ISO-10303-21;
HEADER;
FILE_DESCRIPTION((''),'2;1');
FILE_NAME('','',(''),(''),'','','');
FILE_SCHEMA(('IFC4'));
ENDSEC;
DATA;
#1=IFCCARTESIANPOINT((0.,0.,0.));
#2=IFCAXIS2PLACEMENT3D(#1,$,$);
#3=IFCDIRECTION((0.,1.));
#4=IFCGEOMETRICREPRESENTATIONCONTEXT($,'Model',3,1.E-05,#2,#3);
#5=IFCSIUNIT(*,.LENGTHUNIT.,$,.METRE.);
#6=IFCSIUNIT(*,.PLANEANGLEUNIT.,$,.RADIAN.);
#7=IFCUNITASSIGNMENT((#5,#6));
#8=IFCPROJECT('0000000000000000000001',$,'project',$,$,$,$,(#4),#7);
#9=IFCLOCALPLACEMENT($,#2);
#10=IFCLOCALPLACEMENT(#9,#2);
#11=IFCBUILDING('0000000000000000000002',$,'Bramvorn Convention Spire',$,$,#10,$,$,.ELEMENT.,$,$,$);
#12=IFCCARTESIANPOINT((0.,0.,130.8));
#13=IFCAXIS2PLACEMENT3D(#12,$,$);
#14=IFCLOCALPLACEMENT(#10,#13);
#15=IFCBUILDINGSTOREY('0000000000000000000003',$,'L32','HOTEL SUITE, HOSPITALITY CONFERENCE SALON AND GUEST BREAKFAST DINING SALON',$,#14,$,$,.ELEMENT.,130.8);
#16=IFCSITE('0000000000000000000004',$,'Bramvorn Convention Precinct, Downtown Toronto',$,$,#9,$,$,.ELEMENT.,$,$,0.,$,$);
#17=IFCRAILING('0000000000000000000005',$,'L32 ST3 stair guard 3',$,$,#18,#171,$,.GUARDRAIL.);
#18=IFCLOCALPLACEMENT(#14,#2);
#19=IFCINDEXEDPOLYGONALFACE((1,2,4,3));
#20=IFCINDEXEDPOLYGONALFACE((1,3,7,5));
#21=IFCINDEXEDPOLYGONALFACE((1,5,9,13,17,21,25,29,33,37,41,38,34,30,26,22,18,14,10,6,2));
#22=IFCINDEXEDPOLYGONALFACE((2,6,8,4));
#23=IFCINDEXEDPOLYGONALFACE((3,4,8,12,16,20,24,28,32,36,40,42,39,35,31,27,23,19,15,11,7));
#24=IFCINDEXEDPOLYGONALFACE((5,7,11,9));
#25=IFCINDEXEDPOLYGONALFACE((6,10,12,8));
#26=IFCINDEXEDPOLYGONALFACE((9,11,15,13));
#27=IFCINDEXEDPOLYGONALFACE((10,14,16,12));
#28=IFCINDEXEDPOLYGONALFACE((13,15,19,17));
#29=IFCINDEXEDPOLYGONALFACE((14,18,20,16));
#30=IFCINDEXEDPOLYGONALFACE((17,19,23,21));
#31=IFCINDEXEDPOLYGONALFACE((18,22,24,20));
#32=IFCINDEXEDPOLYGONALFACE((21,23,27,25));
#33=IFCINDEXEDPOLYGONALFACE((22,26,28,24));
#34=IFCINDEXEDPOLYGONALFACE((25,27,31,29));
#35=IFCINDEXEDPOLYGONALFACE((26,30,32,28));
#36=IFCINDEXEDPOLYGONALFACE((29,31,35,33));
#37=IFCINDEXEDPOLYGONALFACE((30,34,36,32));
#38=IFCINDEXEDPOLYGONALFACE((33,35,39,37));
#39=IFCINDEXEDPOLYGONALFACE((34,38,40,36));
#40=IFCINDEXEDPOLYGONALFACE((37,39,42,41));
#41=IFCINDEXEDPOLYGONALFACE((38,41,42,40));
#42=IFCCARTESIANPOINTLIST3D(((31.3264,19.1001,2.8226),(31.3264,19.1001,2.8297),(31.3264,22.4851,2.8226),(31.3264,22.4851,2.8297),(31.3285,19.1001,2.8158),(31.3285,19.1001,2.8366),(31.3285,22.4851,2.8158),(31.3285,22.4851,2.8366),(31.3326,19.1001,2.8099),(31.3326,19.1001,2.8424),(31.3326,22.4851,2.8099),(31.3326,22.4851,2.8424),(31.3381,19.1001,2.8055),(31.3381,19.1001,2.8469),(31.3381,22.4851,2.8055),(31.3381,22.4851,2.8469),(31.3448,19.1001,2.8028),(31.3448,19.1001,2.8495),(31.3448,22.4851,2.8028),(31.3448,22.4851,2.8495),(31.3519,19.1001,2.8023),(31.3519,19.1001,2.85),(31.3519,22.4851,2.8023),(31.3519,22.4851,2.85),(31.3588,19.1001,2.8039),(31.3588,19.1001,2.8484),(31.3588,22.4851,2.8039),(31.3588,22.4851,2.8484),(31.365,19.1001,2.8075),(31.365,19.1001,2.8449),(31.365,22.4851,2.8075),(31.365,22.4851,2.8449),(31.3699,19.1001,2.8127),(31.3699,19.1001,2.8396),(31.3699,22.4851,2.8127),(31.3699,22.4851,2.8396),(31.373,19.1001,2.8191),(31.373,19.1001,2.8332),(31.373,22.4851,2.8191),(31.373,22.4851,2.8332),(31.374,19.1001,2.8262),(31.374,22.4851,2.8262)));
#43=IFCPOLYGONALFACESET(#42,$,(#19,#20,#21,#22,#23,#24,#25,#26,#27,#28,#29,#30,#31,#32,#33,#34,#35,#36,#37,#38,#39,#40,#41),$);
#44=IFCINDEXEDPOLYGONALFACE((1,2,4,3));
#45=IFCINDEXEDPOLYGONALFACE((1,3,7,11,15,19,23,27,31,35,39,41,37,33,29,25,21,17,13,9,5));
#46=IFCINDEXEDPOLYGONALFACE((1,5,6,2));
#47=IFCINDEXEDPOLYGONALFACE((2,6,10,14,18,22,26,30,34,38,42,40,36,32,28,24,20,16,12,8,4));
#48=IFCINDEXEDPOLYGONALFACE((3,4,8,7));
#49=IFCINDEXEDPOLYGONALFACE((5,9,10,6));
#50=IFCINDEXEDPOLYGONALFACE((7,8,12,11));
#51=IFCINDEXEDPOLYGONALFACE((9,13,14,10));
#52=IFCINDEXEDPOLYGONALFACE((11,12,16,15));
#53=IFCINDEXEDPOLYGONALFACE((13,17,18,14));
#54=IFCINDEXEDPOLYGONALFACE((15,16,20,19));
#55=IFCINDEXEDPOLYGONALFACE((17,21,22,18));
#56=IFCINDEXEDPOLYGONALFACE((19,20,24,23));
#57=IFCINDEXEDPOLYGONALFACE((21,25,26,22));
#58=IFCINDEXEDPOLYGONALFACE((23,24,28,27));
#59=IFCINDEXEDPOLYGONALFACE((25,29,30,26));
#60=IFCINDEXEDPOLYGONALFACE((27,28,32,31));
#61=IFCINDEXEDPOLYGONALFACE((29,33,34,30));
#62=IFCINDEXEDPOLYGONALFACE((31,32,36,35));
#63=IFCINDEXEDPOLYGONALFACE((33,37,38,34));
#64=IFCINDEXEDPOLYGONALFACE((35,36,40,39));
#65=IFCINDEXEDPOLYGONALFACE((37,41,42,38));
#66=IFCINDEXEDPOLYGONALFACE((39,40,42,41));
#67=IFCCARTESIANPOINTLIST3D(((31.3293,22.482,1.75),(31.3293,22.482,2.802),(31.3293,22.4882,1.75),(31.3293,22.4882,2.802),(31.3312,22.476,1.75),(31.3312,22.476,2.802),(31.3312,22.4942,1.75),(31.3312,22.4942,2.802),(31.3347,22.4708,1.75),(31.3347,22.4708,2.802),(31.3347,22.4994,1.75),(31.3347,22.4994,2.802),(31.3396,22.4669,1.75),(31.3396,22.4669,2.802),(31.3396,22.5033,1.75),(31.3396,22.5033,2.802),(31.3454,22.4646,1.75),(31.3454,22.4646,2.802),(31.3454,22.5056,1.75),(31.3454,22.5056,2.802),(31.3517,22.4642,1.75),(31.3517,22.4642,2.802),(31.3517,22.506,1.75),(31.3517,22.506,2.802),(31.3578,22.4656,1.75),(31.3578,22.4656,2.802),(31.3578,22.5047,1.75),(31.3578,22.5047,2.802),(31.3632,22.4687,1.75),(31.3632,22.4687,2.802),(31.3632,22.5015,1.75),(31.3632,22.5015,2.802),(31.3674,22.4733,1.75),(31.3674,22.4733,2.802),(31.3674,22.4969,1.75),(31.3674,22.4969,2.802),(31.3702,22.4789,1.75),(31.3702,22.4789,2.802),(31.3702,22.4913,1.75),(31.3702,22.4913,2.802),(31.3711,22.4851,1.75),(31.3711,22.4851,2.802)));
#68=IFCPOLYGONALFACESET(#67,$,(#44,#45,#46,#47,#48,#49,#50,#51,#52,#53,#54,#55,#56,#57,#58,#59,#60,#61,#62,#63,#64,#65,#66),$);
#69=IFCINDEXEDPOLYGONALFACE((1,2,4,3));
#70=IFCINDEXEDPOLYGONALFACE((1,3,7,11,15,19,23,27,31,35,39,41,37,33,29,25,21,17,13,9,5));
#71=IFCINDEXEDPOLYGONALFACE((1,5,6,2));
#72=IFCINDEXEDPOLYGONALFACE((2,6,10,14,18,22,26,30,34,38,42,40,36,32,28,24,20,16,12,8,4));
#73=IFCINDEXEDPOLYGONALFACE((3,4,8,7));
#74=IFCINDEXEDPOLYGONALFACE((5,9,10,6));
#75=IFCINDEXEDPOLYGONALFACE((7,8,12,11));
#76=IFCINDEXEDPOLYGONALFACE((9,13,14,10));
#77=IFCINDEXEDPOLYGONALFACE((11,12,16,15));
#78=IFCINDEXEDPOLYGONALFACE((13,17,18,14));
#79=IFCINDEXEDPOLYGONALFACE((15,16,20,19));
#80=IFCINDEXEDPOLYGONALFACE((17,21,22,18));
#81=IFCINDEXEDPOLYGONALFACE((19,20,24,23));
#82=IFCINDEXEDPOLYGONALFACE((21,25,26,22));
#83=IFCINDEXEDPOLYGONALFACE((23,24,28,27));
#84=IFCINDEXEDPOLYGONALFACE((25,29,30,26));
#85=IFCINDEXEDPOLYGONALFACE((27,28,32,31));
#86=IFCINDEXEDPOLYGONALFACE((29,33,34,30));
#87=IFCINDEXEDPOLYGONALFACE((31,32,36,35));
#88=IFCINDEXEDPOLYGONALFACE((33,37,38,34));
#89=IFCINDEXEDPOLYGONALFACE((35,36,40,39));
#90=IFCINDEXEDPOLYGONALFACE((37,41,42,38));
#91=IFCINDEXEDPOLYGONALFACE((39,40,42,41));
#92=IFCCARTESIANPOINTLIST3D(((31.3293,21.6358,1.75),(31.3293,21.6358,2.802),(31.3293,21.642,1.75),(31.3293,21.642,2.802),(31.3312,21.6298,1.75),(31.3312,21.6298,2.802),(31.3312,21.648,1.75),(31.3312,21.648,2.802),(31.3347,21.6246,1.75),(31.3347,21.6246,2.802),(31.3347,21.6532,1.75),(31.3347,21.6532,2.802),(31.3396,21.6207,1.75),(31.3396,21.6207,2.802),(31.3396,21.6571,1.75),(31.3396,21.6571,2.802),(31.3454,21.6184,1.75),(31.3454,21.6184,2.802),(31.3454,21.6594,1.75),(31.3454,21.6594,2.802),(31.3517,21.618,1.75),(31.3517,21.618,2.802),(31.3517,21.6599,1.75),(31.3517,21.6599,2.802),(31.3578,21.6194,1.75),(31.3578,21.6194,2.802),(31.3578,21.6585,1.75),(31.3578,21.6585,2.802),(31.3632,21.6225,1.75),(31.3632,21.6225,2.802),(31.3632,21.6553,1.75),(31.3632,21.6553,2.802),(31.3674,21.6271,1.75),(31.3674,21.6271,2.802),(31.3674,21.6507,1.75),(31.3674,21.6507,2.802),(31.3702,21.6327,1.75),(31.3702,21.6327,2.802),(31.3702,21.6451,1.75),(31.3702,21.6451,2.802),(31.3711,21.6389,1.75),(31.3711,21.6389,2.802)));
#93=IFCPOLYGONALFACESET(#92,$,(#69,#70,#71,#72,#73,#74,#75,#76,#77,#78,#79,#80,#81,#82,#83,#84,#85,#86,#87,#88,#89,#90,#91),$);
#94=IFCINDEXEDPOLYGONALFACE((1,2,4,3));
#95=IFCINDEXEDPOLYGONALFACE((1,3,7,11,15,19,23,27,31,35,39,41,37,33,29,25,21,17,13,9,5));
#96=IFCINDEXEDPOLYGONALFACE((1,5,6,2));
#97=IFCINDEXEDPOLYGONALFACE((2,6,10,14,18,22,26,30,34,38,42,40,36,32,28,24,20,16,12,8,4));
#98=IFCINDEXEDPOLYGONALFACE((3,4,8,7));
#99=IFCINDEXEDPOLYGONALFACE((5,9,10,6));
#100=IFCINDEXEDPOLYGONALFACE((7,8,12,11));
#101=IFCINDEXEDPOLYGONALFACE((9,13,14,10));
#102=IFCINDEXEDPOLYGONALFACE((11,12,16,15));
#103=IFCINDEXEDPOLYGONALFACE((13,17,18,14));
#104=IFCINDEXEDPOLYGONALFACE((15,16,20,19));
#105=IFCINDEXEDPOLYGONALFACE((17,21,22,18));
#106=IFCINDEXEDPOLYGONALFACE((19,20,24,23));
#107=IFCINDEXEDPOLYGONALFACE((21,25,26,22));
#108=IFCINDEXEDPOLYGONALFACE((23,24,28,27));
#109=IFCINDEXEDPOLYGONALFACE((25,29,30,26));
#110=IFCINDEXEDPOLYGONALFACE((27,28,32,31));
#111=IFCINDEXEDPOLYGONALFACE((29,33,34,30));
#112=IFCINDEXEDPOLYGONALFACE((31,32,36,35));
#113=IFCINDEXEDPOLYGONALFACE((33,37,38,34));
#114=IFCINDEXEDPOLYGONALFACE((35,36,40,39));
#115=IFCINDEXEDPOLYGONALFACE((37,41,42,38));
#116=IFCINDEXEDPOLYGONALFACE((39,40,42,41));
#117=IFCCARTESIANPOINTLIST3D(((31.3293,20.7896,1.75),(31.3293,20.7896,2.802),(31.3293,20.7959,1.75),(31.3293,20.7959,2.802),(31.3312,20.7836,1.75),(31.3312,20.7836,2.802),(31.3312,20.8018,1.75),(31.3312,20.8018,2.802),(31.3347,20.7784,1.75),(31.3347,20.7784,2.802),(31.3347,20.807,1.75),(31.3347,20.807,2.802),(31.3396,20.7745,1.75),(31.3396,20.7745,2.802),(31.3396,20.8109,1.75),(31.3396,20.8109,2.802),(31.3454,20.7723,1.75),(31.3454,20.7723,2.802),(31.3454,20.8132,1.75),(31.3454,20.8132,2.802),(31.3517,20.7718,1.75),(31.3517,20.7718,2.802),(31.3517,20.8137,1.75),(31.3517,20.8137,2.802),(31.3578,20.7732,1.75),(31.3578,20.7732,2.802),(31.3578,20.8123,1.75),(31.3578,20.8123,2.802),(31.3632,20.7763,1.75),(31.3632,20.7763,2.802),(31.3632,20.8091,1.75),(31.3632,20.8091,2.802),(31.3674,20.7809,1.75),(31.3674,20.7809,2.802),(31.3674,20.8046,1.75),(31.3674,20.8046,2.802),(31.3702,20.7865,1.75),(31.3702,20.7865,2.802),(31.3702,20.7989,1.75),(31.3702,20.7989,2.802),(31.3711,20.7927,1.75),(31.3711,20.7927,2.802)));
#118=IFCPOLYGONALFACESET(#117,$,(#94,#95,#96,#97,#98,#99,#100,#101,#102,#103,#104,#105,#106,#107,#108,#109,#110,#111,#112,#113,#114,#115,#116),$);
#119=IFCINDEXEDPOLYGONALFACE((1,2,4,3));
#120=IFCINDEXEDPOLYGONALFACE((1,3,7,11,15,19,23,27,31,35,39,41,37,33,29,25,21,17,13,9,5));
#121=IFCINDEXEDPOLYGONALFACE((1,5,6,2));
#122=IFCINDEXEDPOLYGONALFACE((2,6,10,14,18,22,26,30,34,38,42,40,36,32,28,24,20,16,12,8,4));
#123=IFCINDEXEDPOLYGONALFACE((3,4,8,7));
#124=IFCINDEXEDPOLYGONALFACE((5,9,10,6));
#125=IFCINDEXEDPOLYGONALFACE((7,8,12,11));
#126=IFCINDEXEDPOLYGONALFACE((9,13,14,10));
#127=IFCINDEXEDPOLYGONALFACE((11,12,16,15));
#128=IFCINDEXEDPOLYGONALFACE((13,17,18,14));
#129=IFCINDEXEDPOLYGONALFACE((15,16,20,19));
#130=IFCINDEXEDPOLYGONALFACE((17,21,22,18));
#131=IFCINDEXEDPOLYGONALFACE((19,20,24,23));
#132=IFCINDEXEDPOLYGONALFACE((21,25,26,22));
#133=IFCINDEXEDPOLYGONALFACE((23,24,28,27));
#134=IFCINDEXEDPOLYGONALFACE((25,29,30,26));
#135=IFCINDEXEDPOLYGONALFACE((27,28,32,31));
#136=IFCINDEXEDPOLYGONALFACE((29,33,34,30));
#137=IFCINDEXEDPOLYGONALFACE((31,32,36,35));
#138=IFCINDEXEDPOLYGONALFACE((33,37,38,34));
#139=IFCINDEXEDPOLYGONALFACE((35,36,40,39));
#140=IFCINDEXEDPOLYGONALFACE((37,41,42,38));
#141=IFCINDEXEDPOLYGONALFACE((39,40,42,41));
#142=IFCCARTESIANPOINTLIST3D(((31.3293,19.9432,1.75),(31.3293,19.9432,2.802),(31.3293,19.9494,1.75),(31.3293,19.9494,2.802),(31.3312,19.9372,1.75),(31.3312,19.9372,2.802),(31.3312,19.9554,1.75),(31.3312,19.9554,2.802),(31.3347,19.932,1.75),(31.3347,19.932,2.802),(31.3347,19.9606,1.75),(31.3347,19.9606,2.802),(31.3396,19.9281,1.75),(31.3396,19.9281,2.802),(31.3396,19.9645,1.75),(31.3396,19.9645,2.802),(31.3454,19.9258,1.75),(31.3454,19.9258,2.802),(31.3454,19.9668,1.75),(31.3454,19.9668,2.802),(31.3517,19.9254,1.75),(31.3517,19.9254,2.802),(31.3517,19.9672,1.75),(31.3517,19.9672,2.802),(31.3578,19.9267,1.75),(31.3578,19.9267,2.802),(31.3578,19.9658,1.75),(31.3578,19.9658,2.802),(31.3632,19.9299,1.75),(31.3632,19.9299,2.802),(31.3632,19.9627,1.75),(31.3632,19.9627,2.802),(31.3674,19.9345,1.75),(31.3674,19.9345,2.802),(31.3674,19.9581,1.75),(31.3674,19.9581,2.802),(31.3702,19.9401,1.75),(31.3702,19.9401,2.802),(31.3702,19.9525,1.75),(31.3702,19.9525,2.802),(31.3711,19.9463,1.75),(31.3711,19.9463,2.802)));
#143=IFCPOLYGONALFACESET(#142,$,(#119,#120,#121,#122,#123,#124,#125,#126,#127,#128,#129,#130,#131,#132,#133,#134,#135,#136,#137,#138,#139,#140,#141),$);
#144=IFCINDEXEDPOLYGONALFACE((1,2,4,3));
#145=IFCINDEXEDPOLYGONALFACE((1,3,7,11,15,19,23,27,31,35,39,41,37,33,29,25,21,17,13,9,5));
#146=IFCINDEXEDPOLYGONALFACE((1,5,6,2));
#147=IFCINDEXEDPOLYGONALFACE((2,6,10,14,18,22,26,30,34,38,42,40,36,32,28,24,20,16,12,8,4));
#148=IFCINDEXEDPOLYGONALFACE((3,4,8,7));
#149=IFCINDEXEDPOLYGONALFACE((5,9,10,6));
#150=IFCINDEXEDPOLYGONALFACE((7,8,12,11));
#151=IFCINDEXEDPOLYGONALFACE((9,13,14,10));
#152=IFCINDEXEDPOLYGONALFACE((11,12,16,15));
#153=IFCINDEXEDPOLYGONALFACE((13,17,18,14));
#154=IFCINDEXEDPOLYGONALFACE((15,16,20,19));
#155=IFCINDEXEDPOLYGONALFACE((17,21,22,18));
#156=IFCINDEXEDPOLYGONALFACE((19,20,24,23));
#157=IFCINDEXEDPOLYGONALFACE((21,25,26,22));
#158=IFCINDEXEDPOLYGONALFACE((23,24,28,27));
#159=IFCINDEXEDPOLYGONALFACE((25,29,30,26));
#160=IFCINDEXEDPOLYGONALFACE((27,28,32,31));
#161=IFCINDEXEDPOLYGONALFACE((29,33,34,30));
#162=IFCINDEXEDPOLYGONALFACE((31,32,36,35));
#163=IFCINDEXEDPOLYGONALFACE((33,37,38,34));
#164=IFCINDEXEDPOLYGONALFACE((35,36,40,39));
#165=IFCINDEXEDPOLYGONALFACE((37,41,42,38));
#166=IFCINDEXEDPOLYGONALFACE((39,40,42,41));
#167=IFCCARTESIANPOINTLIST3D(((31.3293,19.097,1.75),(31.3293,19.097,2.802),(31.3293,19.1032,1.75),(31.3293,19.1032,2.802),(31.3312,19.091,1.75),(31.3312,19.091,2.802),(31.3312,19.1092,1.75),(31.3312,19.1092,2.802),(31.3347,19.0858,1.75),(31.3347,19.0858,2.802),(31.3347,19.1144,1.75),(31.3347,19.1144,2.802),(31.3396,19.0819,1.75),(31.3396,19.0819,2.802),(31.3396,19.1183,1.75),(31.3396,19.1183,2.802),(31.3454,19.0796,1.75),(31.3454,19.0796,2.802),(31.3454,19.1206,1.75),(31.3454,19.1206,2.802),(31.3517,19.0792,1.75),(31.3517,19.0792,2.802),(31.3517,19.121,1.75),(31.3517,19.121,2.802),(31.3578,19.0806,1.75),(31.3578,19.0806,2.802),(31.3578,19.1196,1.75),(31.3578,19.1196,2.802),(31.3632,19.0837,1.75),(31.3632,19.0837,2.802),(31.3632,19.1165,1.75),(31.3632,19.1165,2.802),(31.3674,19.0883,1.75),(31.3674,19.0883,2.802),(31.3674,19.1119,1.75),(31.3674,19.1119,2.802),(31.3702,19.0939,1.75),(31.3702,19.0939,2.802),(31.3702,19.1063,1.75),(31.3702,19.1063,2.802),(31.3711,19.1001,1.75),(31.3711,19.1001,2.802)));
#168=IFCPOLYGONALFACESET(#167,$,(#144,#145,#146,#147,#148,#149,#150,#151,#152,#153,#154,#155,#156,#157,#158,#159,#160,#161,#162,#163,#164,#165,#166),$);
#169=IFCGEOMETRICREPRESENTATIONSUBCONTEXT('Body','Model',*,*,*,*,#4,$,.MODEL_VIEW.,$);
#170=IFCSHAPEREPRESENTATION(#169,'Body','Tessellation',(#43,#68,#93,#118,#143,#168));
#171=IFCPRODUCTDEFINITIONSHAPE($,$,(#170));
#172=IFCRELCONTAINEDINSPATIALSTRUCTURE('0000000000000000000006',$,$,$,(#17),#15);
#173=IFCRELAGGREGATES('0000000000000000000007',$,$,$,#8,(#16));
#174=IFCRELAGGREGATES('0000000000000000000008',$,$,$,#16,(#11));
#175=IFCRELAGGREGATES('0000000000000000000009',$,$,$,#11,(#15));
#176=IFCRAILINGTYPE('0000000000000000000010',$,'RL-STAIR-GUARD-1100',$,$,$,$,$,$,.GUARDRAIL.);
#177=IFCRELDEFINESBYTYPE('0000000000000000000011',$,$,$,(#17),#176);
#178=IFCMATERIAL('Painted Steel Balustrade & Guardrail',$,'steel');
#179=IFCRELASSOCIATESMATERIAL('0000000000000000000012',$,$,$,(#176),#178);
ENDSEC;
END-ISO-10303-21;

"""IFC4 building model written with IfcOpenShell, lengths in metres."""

from ifc_helpers import new_model, si_unit, direction, frame, origin, origin_2d, place, context, subcontext, project, spatial, circle, extrude, material, type_object, element, save


model = new_model("IFC4")

# Units and contexts
model_context = context("Model", 3, precision=1e-05, world=origin(), true_north=direction((0.0, 1.0)))
body_context = subcontext(model_context, "Body", "Model", "MODEL_VIEW")
ifc_project = project(units=[si_unit("LENGTHUNIT", "METRE"), si_unit("PLANEANGLEUNIT", "RADIAN")], contexts=[model_context])

# Site, building, storey
site_placement = place(None, origin())
site = spatial("IfcSite", under=ifc_project, at=site_placement, Name="Bramvorn Convention Precinct, Downtown Toronto", CompositionType="ELEMENT", RefElevation=0.0)
building_placement = place(site_placement, origin())
building = spatial("IfcBuilding", under=site, at=building_placement, Name="Bramvorn Convention Spire", CompositionType="ELEMENT")
storey_placement = place(building_placement, frame((0.0, 0.0, 130.8)))
storey = spatial("IfcBuildingStorey", under=building, at=storey_placement, Name="L32", Description="HOTEL SUITE, HOSPITALITY CONFERENCE SALON AND GUEST BREAKFAST DINING SALON", CompositionType="ELEMENT", Elevation=130.8)

# Railing
ifc_material_1 = material(Name="Painted Steel Balustrade & Guardrail", Category="steel")
railing_type_1 = type_object("IfcRailingType", Name="RL-STAIR-GUARD-1100", PredefinedType="GUARDRAIL", material=ifc_material_1)
for number, where, name in (
    (1, (31.3501, 22.4851, 1.75), "L32 ST3 stair guard 3"),
):
    element("IfcRailing", number, at=place(storey_placement, frame(where)), inside=storey, type_object=railing_type_1, Name=name, PredefinedType="GUARDRAIL", context=body_context, shape_type="SweptSolid", body=[
        extrude(circle(Radius=0.0239, at=origin_2d()), frame((0.0, 0.0, 1.0762), z_axis=(0.0, -1.0, 0.0), x_axis=(1.0, 0.0, 0.0)), (0.0, 0.0, 1.0), 3.385),
        extrude(circle(Radius=0.021, at=origin_2d()), origin(), (0.0, 0.0, 1.0), 1.052),
        extrude(circle(Radius=0.021, at=origin_2d()), frame((0.0, -0.8462, 0.0)), (0.0, 0.0, 1.0), 1.052),
        extrude(circle(Radius=0.021, at=origin_2d()), frame((0.0, -1.6924, 0.0)), (0.0, 0.0, 1.0), 1.052),
        extrude(circle(Radius=0.021, at=origin_2d()), frame((0.0, -2.5388, 0.0)), (0.0, 0.0, 1.0), 1.052),
        extrude(circle(Radius=0.021, at=origin_2d()), frame((0.0, -3.385, 0.0)), (0.0, 0.0, 1.0), 1.052),
    ])

save(model, "model.ifc")
